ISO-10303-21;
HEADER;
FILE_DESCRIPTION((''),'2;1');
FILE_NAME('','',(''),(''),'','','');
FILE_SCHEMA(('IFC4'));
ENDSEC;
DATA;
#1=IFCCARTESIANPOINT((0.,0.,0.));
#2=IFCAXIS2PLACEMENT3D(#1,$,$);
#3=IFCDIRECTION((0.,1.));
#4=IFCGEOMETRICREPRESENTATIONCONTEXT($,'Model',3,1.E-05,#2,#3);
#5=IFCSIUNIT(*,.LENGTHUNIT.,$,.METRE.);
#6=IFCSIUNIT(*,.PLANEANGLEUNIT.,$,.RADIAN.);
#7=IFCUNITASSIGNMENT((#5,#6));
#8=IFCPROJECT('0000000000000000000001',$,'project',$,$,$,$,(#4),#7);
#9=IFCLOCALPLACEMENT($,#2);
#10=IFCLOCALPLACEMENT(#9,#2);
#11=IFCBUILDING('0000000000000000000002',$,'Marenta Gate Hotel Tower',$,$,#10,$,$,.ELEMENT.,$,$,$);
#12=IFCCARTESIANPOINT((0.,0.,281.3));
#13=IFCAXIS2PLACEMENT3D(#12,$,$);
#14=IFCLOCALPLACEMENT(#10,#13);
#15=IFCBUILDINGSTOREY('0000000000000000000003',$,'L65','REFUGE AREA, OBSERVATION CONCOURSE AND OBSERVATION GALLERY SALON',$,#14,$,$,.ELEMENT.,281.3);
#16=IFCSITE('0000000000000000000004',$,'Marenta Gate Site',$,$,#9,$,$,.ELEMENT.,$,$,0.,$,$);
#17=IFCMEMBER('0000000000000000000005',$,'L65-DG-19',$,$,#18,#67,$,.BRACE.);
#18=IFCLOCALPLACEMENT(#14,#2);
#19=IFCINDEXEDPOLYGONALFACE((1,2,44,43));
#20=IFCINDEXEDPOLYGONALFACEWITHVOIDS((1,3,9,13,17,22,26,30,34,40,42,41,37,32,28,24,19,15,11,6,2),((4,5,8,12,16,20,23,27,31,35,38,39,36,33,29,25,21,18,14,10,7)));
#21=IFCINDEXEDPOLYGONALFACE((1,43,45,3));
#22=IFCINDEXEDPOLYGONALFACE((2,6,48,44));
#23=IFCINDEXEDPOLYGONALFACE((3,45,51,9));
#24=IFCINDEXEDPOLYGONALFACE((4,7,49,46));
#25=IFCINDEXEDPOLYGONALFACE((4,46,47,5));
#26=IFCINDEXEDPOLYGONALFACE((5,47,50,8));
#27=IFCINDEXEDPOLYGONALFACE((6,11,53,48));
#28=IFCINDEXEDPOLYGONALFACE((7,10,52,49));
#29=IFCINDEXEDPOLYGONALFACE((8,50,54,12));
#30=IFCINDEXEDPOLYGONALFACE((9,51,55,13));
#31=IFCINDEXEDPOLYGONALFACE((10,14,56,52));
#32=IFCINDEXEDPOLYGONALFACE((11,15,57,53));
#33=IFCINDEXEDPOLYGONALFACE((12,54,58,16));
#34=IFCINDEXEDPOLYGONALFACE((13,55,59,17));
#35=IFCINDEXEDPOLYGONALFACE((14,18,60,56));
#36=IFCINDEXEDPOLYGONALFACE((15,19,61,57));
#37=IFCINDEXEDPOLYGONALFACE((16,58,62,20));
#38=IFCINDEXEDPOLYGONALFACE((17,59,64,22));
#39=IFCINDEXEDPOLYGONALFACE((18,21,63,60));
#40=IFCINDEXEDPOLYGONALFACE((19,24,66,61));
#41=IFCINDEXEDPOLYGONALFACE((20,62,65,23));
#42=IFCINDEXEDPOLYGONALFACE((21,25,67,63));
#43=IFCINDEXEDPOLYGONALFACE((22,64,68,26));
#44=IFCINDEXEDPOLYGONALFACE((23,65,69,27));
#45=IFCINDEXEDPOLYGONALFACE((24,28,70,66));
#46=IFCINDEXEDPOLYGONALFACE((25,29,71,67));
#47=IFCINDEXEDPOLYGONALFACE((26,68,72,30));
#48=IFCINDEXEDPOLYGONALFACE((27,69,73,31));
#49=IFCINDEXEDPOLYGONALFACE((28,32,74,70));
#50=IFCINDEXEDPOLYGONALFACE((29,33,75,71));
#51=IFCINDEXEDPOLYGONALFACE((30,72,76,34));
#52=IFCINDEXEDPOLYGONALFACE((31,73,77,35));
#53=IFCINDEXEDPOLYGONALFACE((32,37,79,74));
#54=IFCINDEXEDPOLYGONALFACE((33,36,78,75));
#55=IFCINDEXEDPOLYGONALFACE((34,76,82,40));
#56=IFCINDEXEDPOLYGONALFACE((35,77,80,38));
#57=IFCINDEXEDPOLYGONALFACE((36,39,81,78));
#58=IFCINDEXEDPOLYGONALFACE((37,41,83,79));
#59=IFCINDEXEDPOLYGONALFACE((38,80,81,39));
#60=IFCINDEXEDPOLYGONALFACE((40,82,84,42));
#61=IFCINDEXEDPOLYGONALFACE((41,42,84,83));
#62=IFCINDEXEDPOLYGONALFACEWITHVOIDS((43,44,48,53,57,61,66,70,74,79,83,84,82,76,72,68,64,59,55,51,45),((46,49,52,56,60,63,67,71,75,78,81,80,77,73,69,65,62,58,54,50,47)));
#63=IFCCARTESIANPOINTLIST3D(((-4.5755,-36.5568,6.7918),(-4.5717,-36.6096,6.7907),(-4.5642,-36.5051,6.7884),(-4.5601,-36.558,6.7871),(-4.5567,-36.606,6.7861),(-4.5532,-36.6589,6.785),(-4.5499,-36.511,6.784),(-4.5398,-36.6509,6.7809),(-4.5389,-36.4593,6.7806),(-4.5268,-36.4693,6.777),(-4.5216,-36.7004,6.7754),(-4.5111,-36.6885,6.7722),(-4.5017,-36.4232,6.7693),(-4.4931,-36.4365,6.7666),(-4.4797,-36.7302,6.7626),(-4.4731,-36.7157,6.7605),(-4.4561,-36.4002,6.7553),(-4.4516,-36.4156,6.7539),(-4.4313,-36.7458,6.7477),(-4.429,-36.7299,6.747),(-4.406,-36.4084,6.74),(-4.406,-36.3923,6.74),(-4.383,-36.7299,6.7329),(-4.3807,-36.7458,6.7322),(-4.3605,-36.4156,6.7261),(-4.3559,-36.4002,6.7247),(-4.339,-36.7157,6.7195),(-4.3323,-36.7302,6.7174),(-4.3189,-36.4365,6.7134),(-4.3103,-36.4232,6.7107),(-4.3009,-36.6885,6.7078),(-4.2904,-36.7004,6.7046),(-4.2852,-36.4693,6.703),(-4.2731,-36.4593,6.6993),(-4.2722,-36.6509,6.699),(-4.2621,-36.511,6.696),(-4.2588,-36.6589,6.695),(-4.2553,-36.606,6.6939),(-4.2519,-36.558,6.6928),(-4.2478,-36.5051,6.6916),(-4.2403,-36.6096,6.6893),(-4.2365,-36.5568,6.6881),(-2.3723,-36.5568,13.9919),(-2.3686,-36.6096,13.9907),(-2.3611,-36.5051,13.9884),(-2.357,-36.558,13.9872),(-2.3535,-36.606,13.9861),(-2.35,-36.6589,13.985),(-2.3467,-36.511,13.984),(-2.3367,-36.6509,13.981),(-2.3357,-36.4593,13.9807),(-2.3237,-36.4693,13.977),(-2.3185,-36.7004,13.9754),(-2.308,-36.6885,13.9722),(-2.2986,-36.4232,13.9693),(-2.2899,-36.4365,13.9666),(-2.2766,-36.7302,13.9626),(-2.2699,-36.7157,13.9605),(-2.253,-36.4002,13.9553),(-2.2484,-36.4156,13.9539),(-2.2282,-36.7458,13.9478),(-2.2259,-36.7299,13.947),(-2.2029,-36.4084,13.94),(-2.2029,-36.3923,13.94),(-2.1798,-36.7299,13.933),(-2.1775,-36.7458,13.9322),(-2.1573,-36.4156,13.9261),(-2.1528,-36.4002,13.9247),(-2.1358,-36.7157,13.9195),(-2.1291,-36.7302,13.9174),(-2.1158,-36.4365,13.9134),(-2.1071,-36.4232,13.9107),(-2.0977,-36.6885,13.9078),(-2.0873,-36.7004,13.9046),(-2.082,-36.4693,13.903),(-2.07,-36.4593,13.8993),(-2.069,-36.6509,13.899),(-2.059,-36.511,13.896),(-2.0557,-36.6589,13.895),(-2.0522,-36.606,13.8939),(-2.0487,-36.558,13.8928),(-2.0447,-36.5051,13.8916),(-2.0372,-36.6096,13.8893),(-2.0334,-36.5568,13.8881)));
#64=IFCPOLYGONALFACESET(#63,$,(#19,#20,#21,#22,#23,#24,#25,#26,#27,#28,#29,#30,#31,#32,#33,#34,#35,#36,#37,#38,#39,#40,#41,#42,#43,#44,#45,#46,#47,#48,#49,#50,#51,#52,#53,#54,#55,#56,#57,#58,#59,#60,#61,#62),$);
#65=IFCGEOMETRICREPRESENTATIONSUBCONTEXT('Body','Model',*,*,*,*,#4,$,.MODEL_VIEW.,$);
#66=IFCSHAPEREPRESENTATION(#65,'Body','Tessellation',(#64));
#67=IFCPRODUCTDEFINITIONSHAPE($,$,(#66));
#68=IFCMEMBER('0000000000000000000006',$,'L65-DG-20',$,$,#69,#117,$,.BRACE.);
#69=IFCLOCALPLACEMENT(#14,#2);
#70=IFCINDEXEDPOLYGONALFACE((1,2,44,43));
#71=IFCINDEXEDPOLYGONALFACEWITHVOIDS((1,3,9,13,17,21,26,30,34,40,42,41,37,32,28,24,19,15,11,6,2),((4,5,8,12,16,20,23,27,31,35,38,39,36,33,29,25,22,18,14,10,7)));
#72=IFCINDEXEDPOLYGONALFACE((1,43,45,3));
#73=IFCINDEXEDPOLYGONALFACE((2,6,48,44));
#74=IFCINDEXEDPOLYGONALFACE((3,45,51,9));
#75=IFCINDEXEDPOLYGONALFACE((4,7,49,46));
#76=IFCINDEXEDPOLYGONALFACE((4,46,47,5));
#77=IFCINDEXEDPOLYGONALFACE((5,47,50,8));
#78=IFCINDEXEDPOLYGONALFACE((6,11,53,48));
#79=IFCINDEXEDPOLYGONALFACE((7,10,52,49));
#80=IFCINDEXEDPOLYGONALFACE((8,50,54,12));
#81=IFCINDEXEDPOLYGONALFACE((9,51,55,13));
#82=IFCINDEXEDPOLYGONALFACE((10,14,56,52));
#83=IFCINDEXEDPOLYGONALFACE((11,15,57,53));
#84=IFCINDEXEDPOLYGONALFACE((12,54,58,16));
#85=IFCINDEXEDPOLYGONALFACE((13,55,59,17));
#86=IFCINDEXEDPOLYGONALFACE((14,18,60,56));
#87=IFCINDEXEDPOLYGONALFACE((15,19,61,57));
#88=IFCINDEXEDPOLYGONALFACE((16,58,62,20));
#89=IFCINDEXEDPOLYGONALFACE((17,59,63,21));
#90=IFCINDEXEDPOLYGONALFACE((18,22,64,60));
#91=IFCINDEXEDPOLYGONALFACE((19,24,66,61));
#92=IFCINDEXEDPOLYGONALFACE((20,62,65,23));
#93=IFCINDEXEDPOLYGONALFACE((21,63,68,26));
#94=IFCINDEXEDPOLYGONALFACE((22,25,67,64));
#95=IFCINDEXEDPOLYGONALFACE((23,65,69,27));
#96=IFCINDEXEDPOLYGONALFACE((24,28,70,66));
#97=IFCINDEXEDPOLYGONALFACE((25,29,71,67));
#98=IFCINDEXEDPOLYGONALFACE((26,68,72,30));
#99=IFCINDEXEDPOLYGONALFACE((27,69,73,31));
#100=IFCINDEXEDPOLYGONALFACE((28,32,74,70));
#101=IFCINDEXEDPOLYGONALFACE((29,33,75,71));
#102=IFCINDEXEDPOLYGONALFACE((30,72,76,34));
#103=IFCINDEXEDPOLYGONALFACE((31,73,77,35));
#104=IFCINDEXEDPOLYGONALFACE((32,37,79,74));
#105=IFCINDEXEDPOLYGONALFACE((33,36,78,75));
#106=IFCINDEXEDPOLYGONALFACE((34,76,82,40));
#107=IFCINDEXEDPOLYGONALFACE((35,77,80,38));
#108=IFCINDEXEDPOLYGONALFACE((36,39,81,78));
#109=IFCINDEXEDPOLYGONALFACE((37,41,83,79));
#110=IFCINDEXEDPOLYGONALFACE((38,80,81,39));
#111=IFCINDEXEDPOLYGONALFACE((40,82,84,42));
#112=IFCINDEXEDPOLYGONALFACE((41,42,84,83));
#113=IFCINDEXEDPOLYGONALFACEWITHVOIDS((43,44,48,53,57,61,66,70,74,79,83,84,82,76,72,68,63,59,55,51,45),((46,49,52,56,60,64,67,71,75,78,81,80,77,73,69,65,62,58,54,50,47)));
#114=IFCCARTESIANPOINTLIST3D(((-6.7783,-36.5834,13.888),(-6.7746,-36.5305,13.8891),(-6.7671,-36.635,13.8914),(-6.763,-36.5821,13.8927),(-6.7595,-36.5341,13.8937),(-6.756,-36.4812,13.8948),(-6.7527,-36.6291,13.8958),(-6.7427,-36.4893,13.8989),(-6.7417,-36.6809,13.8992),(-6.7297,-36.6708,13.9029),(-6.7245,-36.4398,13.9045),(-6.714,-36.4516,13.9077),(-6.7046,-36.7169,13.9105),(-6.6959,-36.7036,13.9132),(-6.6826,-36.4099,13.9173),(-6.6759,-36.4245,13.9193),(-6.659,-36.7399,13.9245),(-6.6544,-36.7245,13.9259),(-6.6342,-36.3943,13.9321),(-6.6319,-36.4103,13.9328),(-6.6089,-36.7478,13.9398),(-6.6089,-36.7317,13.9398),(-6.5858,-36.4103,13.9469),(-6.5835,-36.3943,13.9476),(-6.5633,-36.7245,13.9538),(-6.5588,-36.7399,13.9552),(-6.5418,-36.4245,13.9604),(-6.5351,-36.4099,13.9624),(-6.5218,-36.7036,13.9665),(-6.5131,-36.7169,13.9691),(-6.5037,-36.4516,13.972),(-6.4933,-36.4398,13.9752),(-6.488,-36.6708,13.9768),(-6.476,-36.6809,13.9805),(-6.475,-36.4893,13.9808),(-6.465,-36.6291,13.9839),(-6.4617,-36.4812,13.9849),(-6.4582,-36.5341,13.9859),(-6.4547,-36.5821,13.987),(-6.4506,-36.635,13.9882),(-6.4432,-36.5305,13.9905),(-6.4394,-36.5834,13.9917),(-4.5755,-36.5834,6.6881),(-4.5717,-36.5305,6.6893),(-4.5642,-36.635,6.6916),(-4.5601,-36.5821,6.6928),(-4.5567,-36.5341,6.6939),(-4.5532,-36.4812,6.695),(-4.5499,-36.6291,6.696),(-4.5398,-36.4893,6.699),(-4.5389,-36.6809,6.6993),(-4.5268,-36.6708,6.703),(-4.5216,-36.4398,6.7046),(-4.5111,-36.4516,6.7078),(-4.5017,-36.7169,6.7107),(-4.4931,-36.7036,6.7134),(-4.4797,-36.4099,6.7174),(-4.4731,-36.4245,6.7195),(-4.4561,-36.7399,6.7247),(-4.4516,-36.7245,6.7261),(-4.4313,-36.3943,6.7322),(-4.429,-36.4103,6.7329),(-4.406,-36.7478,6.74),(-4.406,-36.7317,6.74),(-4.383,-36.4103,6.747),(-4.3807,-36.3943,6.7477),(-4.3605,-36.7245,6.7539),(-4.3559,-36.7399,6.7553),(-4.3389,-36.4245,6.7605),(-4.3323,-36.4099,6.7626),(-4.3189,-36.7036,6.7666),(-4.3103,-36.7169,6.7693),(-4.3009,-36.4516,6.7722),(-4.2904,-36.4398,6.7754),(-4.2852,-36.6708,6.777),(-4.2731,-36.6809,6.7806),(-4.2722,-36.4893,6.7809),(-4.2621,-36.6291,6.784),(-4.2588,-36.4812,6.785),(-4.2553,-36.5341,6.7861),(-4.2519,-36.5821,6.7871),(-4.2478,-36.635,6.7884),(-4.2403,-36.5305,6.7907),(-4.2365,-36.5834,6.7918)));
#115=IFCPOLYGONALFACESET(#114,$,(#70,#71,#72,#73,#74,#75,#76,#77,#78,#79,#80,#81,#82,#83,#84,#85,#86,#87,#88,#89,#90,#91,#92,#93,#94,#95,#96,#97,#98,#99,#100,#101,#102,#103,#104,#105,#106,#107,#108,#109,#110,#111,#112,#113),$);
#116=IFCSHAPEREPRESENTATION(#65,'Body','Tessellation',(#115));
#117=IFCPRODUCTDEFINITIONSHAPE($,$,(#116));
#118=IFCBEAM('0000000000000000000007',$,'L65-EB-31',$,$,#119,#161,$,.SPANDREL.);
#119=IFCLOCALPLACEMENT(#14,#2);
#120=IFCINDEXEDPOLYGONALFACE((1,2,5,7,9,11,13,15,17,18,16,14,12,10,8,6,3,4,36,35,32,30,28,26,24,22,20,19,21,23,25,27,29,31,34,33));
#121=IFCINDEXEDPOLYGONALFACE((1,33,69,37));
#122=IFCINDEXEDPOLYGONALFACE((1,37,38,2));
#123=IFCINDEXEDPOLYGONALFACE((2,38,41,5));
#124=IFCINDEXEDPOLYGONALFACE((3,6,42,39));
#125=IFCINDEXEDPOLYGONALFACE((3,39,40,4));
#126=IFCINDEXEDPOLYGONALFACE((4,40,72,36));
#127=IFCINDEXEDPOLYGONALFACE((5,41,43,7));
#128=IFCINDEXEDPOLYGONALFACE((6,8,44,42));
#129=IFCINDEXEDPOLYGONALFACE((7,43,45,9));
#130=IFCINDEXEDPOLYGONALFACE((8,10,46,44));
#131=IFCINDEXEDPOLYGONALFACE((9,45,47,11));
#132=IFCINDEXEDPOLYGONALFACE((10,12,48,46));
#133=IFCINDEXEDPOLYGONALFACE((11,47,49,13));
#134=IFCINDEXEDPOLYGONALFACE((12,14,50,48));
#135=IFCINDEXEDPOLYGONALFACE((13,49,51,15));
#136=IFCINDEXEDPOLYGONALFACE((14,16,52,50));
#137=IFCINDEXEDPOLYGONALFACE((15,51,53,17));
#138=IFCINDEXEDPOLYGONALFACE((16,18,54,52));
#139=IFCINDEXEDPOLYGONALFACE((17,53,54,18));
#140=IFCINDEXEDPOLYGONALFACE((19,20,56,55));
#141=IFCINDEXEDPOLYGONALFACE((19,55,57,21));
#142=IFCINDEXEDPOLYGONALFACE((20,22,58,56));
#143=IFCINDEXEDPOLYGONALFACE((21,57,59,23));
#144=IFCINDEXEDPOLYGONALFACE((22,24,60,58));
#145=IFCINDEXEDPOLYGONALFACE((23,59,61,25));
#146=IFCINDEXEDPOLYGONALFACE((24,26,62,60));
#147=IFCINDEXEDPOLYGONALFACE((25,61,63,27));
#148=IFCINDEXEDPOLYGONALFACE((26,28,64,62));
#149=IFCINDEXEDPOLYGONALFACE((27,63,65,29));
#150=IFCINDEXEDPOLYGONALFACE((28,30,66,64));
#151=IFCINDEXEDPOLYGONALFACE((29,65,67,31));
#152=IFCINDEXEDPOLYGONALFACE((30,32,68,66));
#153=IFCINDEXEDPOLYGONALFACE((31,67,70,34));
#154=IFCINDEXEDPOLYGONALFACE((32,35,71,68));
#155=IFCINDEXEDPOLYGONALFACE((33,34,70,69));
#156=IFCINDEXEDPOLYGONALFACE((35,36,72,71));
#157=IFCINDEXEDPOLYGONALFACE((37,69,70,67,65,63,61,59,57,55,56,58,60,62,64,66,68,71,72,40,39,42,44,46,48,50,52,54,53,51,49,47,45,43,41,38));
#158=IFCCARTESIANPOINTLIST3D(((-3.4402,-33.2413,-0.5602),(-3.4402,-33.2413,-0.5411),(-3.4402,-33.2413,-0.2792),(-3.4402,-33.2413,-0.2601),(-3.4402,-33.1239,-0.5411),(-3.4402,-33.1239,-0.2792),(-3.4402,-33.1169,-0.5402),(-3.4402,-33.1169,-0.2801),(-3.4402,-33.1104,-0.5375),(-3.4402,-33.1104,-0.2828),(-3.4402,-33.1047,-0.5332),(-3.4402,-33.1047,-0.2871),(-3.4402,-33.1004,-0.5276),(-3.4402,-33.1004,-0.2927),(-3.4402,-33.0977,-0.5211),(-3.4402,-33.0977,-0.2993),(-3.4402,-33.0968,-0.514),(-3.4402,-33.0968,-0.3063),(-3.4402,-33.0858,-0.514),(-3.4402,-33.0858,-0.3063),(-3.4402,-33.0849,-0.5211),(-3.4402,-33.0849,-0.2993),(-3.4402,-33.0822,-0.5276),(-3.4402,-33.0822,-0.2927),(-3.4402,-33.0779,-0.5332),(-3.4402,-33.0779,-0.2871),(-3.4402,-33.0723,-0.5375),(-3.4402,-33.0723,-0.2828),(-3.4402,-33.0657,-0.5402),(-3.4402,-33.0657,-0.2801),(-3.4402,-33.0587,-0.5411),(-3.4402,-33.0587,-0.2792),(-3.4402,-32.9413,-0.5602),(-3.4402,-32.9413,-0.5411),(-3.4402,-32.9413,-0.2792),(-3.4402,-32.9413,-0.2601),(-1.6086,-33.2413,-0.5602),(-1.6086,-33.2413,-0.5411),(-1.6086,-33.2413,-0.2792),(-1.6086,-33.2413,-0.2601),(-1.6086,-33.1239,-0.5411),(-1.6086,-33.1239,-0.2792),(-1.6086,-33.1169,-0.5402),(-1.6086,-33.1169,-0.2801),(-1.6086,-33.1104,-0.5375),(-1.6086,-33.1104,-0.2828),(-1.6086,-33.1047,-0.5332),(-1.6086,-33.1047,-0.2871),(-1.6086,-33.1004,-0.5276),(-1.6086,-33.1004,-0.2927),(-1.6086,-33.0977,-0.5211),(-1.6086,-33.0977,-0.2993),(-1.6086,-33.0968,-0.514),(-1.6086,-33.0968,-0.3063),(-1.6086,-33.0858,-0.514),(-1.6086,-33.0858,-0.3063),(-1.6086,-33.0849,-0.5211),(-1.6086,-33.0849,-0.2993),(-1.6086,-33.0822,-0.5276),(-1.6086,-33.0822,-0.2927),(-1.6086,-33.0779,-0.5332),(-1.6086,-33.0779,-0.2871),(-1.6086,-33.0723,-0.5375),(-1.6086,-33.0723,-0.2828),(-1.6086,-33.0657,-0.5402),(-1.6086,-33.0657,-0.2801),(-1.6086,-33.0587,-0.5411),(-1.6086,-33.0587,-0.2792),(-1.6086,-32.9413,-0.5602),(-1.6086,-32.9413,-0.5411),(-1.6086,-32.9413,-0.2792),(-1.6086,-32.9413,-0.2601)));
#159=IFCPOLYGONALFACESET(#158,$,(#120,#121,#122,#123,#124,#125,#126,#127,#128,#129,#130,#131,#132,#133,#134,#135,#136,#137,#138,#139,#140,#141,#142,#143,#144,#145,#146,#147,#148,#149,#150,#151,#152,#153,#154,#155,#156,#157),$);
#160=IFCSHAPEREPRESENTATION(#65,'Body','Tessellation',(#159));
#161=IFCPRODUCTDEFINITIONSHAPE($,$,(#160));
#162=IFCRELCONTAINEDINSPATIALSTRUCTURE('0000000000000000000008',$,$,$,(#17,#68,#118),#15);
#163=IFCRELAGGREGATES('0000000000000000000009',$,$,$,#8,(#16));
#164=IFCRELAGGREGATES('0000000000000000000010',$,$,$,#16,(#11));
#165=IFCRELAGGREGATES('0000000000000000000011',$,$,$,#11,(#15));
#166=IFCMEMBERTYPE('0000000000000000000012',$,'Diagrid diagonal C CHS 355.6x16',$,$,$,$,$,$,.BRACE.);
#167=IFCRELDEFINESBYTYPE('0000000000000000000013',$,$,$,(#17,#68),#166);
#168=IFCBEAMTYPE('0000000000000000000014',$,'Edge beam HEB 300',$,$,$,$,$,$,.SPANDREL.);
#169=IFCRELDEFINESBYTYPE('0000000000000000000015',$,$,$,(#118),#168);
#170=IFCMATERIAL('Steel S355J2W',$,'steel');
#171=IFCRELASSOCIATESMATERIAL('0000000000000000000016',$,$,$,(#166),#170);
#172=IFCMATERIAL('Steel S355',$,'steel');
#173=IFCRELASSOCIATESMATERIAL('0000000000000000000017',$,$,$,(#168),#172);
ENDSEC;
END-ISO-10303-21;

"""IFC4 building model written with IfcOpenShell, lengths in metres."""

from ifc_helpers import new_model, si_unit, direction, frame, origin, origin_2d, place, context, subcontext, project, spatial, hollow_circle, i_section, extrude, material, material_profile, profile_set, type_object, element, save


model = new_model("IFC4")

# Units and contexts
model_context = context("Model", 3, precision=1e-05, world=origin(), true_north=direction((0.0, 1.0)))
body_context = subcontext(model_context, "Body", "Model", "MODEL_VIEW")
ifc_project = project(units=[si_unit("LENGTHUNIT", "METRE"), si_unit("PLANEANGLEUNIT", "RADIAN")], contexts=[model_context])

# Site, building, storey
site_placement = place(None, origin())
site = spatial("IfcSite", under=ifc_project, at=site_placement, Name="Marenta Gate Site", CompositionType="ELEMENT", RefElevation=0.0)
building_placement = place(site_placement, origin())
building = spatial("IfcBuilding", under=site, at=building_placement, Name="Marenta Gate Hotel Tower", CompositionType="ELEMENT")
storey_placement = place(building_placement, frame((0.0, 0.0, 281.3)))
storey = spatial("IfcBuildingStorey", under=building, at=storey_placement, Name="L65", Description="REFUGE AREA, OBSERVATION CONCOURSE AND OBSERVATION GALLERY SALON", CompositionType="ELEMENT", Elevation=281.3)

# Members
ifc_material_1 = material(Name="Steel S355J2W", Category="steel")
ifc_material_profile_1 = material_profile(ifc_material_1, hollow_circle(Radius=0.1777, WallThickness=0.0161, at=origin_2d()), Name="CHS 355.6x16")
ifc_profile_set_1 = profile_set([ifc_material_profile_1], Name="Steel S355J2W")
member_type_1 = type_object("IfcMemberType", Name="Diagrid diagonal C CHS 355.6x16", PredefinedType="BRACE", material=ifc_profile_set_1)
member_1_placement = place(storey_placement, frame((-4.406, -36.5701, 6.74), z_axis=(0.2926, 0.0, 0.956235), x_axis=(0.0, 1.0, 0.0)))
element("IfcMember", 1, at=member_1_placement, inside=storey, type_object=member_type_1, Name="L65-DG-19", PredefinedType="BRACE", context=body_context, shape_type="SweptSolid", body=[
    extrude(hollow_circle(Radius=0.1777, WallThickness=0.0161, at=origin_2d()), origin(), (0.0, 0.0, 1.0), 7.5295),
])
member_2_placement = place(storey_placement, frame((-4.406, -36.5701, 6.74), z_axis=(-0.29257, 0.0, 0.956244), x_axis=(0.0, -1.0, 0.0)))
element("IfcMember", 2, at=member_2_placement, inside=storey, type_object=member_type_1, Name="L65-DG-20", PredefinedType="BRACE", context=body_context, shape_type="SweptSolid", body=[
    extrude(hollow_circle(Radius=0.1777, WallThickness=0.0161, at=origin_2d()), origin(), (0.0, 0.0, 1.0), 7.5293),
])

# Beam
ifc_material_2 = material(Name="Steel S355", Category="steel")
ifc_material_profile_2 = material_profile(ifc_material_2, i_section(OverallWidth=0.3, OverallDepth=0.3, WebThickness=0.011, FlangeThickness=0.019, FilletRadius=0.0271, at=origin_2d()), Name="HEB 300")
ifc_profile_set_2 = profile_set([ifc_material_profile_2], Name="Steel S355")
beam_type = type_object("IfcBeamType", Name="Edge beam HEB 300", PredefinedType="SPANDREL", material=ifc_profile_set_2)
beam_1_placement = place(storey_placement, frame((-1.6086, -33.0913, -0.4102), z_axis=(-1.0, 0.0, 0.0), x_axis=(0.0, -1.0, 0.0)))
element("IfcBeam", 3, at=beam_1_placement, inside=storey, type_object=beam_type, Name="L65-EB-31", PredefinedType="SPANDREL", context=body_context, shape_type="SweptSolid", body=[
    extrude(i_section(OverallWidth=0.3, OverallDepth=0.3, WebThickness=0.011, FlangeThickness=0.019, FilletRadius=0.0271, at=origin_2d()), origin(), (0.0, 0.0, 1.0), 1.8315),
])

save(model, "model.ifc")
